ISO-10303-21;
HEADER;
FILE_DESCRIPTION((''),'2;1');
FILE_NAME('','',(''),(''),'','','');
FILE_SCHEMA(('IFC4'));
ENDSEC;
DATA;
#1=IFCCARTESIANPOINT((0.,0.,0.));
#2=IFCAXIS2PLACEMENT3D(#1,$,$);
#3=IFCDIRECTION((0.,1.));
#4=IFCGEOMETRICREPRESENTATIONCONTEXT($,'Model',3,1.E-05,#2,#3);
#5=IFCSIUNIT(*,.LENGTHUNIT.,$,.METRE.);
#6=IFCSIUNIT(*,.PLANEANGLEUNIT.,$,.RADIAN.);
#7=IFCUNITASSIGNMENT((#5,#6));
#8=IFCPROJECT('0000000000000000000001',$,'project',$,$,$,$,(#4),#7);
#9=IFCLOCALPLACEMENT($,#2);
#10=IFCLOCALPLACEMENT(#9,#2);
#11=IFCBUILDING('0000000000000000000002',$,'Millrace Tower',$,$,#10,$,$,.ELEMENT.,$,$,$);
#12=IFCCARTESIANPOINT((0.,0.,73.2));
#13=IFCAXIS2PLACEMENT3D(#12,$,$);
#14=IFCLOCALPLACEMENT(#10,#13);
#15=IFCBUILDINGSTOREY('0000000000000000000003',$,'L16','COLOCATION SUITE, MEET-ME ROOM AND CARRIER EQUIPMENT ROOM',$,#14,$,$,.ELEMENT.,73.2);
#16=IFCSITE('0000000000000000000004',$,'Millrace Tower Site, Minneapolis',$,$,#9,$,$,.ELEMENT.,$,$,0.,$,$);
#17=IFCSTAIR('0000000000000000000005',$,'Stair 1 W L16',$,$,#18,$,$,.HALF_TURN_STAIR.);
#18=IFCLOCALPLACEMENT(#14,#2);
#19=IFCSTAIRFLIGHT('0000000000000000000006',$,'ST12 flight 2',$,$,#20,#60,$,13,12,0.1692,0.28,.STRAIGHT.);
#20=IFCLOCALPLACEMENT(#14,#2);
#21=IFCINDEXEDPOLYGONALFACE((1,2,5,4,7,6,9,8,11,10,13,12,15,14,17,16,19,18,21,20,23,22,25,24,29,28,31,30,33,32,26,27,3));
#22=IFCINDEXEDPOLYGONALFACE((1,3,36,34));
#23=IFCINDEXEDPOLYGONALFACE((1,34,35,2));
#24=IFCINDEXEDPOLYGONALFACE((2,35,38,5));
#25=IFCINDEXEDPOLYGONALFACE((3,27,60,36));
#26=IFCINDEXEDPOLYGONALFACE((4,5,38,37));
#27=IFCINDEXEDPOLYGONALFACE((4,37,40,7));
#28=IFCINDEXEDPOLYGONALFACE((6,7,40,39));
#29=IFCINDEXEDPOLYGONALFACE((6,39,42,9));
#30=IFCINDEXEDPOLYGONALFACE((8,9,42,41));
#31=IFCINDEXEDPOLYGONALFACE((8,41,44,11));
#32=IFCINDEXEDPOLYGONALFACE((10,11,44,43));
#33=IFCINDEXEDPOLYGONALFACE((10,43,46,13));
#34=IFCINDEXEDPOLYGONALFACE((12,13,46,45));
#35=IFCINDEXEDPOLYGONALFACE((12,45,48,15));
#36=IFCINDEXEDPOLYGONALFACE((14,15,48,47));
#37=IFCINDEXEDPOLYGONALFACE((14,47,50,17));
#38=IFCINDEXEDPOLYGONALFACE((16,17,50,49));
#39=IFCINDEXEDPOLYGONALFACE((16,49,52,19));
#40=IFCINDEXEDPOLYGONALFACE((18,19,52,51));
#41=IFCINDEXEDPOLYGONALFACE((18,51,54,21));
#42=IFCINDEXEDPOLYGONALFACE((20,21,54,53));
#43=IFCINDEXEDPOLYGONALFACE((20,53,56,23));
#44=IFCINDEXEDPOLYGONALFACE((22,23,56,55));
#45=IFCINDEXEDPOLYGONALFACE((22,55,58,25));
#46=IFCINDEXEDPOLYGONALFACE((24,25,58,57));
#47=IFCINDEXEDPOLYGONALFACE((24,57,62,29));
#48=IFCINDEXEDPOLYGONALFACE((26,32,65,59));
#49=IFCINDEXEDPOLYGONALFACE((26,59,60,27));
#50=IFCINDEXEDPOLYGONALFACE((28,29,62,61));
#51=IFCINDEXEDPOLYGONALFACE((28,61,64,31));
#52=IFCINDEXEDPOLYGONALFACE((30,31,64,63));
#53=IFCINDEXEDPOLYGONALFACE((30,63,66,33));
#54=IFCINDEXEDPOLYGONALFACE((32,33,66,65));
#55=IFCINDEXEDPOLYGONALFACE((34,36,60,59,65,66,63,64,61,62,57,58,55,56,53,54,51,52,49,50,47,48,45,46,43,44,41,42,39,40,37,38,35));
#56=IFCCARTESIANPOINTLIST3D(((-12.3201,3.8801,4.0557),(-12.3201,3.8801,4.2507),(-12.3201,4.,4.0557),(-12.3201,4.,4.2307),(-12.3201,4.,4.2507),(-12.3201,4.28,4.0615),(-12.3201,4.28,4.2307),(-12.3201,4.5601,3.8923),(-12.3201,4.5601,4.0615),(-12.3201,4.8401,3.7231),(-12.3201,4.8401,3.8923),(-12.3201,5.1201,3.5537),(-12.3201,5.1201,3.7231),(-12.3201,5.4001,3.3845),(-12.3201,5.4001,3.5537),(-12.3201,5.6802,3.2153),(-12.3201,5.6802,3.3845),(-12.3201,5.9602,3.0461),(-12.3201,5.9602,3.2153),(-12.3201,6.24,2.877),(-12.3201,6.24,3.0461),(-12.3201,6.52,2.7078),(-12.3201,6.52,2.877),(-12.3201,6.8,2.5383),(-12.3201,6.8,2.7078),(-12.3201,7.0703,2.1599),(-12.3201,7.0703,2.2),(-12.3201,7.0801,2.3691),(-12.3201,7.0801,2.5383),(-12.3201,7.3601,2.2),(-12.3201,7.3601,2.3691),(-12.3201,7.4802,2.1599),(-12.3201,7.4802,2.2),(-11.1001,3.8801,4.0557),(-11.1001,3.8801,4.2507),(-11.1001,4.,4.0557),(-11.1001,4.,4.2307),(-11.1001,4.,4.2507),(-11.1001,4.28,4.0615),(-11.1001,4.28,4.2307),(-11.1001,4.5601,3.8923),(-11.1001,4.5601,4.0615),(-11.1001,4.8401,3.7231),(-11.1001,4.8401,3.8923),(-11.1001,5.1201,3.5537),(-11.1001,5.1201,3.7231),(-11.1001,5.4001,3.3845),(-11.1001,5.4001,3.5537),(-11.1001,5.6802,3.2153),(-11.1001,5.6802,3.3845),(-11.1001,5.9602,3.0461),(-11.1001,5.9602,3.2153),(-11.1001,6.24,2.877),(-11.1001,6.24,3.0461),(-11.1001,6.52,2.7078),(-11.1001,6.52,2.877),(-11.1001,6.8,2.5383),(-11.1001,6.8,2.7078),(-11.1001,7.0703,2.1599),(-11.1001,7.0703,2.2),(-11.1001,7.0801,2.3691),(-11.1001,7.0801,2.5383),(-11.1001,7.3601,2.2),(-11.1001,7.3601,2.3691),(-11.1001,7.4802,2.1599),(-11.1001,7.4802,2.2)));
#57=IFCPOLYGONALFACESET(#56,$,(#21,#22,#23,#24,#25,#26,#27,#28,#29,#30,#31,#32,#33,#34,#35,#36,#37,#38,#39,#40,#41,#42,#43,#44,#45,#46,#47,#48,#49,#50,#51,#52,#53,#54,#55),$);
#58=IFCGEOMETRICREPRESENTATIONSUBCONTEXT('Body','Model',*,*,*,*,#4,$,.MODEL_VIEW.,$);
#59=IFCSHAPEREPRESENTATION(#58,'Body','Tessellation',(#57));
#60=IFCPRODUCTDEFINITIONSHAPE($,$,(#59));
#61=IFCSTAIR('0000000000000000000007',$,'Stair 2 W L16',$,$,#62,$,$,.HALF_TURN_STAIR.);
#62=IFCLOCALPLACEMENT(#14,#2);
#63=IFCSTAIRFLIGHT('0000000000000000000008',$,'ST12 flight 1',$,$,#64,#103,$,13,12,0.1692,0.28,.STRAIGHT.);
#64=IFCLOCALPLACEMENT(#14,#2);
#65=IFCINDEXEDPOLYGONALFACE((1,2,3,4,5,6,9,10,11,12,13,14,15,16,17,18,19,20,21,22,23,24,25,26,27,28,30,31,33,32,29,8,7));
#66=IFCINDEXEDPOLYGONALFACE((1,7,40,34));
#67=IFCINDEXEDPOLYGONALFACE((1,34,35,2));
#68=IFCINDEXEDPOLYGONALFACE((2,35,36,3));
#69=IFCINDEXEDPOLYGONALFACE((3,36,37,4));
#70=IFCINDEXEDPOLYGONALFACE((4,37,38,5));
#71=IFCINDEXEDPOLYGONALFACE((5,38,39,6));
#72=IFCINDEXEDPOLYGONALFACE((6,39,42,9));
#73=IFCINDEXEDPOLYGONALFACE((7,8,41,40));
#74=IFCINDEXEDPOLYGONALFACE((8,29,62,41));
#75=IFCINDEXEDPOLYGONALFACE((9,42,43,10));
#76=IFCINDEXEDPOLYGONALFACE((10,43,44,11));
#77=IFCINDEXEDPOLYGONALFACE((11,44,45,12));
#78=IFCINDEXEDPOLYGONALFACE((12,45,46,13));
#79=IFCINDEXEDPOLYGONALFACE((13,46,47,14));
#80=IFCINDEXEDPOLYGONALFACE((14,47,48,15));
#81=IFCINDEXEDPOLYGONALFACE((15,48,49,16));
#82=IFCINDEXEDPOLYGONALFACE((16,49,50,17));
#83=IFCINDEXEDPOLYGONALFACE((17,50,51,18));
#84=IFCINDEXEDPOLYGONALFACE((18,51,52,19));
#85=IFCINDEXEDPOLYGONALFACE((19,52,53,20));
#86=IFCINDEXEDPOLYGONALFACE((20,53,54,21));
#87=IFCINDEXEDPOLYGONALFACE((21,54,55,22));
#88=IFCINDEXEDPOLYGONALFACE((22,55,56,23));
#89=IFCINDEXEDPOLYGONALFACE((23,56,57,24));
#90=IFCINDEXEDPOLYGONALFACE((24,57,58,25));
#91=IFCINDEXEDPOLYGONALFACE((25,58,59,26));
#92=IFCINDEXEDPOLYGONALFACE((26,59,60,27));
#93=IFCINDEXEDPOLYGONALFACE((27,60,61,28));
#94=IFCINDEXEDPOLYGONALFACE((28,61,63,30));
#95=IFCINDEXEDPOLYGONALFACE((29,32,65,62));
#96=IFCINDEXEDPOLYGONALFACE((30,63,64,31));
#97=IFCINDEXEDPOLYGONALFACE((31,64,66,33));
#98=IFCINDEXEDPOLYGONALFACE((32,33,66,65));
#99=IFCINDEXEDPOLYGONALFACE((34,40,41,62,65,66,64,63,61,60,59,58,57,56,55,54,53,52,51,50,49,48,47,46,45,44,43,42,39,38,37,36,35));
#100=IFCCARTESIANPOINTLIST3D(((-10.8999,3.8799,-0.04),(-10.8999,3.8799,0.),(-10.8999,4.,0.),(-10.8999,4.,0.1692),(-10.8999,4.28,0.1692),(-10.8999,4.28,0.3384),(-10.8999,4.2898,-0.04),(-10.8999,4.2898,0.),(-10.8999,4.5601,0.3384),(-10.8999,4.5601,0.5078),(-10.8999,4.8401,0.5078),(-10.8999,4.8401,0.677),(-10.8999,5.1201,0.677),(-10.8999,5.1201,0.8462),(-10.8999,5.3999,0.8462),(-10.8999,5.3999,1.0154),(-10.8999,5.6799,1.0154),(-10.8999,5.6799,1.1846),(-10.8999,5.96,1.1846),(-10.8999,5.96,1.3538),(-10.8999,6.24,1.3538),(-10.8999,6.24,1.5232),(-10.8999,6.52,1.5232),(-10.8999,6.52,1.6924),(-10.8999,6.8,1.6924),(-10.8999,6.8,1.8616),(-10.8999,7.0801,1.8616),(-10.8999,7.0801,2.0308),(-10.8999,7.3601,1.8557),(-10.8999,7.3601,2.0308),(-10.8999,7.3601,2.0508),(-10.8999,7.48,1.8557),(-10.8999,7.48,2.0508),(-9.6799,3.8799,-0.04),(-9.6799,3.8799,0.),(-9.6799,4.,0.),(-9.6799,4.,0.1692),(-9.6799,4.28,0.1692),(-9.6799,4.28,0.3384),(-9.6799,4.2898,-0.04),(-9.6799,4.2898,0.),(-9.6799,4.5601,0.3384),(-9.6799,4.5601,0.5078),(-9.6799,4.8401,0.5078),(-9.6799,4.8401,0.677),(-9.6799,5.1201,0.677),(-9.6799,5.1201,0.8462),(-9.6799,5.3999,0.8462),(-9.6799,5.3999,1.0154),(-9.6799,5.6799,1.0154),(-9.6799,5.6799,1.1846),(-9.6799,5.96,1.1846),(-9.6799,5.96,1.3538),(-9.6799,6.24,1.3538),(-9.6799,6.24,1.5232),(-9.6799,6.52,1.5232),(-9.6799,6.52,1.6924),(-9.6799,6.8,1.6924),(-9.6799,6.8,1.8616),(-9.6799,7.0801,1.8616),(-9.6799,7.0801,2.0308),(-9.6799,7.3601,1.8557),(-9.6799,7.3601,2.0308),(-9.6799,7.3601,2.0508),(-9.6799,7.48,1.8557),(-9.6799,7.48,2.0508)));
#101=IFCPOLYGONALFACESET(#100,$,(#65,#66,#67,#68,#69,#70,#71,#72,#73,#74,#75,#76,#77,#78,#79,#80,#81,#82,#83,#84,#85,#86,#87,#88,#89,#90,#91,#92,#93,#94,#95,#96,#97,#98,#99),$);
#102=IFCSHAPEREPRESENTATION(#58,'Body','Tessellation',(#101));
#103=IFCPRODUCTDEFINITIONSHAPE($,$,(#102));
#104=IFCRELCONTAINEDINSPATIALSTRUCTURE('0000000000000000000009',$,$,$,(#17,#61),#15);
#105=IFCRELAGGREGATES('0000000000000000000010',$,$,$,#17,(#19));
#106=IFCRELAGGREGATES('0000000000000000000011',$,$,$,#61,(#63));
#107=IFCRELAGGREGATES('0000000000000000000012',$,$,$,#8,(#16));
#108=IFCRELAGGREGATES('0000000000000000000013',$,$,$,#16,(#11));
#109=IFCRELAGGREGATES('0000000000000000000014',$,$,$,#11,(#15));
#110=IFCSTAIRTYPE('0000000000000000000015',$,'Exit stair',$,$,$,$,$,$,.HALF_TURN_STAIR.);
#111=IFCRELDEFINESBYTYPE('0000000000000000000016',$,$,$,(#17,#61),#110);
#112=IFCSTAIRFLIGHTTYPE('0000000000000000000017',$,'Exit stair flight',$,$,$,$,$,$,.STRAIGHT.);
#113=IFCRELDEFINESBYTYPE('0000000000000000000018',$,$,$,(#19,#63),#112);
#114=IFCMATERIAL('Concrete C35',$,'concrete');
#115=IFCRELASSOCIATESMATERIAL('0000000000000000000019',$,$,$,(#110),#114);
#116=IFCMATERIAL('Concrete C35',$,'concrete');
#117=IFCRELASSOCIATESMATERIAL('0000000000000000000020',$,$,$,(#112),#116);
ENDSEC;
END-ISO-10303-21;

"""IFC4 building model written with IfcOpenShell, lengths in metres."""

from ifc_helpers import new_model, si_unit, direction, frame, origin, place, context, subcontext, project, spatial, polyline, outline, extrude, material, type_object, element, aggregate, save


model = new_model("IFC4")

# Units and contexts
model_context = context("Model", 3, precision=1e-05, world=origin(), true_north=direction((0.0, 1.0)))
body_context = subcontext(model_context, "Body", "Model", "MODEL_VIEW")
ifc_project = project(units=[si_unit("LENGTHUNIT", "METRE"), si_unit("PLANEANGLEUNIT", "RADIAN")], contexts=[model_context])

# Site, building, storey
site_placement = place(None, origin())
site = spatial("IfcSite", under=ifc_project, at=site_placement, Name="Millrace Tower Site, Minneapolis", CompositionType="ELEMENT", RefElevation=0.0)
building_placement = place(site_placement, origin())
building = spatial("IfcBuilding", under=site, at=building_placement, Name="Millrace Tower", CompositionType="ELEMENT")
storey_placement = place(building_placement, frame((0.0, 0.0, 73.2)))
storey = spatial("IfcBuildingStorey", under=building, at=storey_placement, Name="L16", Description="COLOCATION SUITE, MEET-ME ROOM AND CARRIER EQUIPMENT ROOM", CompositionType="ELEMENT", Elevation=73.2)

# Shared definitions
placement = place(storey_placement, origin())

# Stair, stair flight
ifc_material_1 = material(Name="Concrete C35", Category="concrete")
stair_type = type_object("IfcStairType", Name="Exit stair", PredefinedType="HALF_TURN_STAIR", material=ifc_material_1)
stair_1 = element("IfcStair", 1, at=placement, inside=storey, type_object=stair_type, Name="Stair 1 W L16", PredefinedType="HALF_TURN_STAIR")
ifc_material_2 = material(Name="Concrete C35", Category="concrete")
stair_flight_type = type_object("IfcStairFlightType", Name="Exit stair flight", PredefinedType="STRAIGHT", material=ifc_material_2)
stair_flight_1_placement = place(storey_placement, frame((-11.71, 7.3601, 2.2), z_axis=(0.0, 0.0, 1.0), x_axis=(0.0, -1.0, 0.0)))
stair_flight_1 = element("IfcStairFlight", 2, at=stair_flight_1_placement, type_object=stair_flight_type, Name="ST12 flight 2", NumberOfRisers=13, NumberOfTreads=12, PredefinedType="STRAIGHT", RiserHeight=0.1692, TreadLength=0.28, context=body_context, shape_type="SweptSolid", body=[
    extrude(outline(polyline([(-0.1201, -0.04), (-0.1201, 0.0), (0.0, 0.0), (0.0, 0.1692), (0.28, 0.1692), (0.28, 0.3384), (0.5601, 0.3384), (0.5601, 0.5078), (0.8401, 0.5078), (0.8401, 0.677), (1.1201, 0.677), (1.1201, 0.8462), (1.3999, 0.8462), (1.3999, 1.0154), (1.6799, 1.0154), (1.6799, 1.1846), (1.96, 1.1846), (1.96, 1.3538), (2.24, 1.3538), (2.24, 1.5232), (2.52, 1.5232), (2.52, 1.6924), (2.8, 1.6924), (2.8, 1.8616), (3.0801, 1.8616), (3.0801, 2.0308), (3.3601, 2.0308), (3.3601, 2.0508), (3.48, 2.0508), (3.48, 1.8557), (3.3601, 1.8557), (0.2898, 0.0), (0.2898, -0.04), (-0.1201, -0.04)])), frame((0.0, 0.6099, 0.0), z_axis=(0.0, -1.0, 0.0), x_axis=(1.0, 0.0, 0.0)), (0.0, 0.0, 1.0), 1.22),
])
aggregate(stair_1, [stair_flight_1])

# Stair, stair flight
stair_2 = element("IfcStair", 3, at=placement, inside=storey, type_object=stair_type, Name="Stair 2 W L16", PredefinedType="HALF_TURN_STAIR")
stair_flight_2_placement = place(storey_placement, frame((-10.29, 4.0, 0.0), z_axis=(0.0, 0.0, 1.0), x_axis=(0.0, 1.0, 0.0)))
stair_flight_2 = element("IfcStairFlight", 4, at=stair_flight_2_placement, type_object=stair_flight_type, Name="ST12 flight 1", NumberOfRisers=13, NumberOfTreads=12, PredefinedType="STRAIGHT", RiserHeight=0.1692, TreadLength=0.28, context=body_context, shape_type="SweptSolid", body=[
    extrude(outline(polyline([(-0.1201, -0.04), (-0.1201, 0.0), (0.0, 0.0), (0.0, 0.1692), (0.28, 0.1692), (0.28, 0.3384), (0.5601, 0.3384), (0.5601, 0.5078), (0.8401, 0.5078), (0.8401, 0.677), (1.1201, 0.677), (1.1201, 0.8462), (1.3999, 0.8462), (1.3999, 1.0154), (1.6799, 1.0154), (1.6799, 1.1846), (1.96, 1.1846), (1.96, 1.3538), (2.24, 1.3538), (2.24, 1.5232), (2.52, 1.5232), (2.52, 1.6924), (2.8, 1.6924), (2.8, 1.8616), (3.0801, 1.8616), (3.0801, 2.0308), (3.3601, 2.0308), (3.3601, 2.0508), (3.48, 2.0508), (3.48, 1.8557), (3.3601, 1.8557), (0.2898, 0.0), (0.2898, -0.04), (-0.1201, -0.04)])), frame((0.0, 0.6099, 0.0), z_axis=(0.0, -1.0, 0.0), x_axis=(1.0, 0.0, 0.0)), (0.0, 0.0, 1.0), 1.22),
])
aggregate(stair_2, [stair_flight_2])

save(model, "model.ifc")
